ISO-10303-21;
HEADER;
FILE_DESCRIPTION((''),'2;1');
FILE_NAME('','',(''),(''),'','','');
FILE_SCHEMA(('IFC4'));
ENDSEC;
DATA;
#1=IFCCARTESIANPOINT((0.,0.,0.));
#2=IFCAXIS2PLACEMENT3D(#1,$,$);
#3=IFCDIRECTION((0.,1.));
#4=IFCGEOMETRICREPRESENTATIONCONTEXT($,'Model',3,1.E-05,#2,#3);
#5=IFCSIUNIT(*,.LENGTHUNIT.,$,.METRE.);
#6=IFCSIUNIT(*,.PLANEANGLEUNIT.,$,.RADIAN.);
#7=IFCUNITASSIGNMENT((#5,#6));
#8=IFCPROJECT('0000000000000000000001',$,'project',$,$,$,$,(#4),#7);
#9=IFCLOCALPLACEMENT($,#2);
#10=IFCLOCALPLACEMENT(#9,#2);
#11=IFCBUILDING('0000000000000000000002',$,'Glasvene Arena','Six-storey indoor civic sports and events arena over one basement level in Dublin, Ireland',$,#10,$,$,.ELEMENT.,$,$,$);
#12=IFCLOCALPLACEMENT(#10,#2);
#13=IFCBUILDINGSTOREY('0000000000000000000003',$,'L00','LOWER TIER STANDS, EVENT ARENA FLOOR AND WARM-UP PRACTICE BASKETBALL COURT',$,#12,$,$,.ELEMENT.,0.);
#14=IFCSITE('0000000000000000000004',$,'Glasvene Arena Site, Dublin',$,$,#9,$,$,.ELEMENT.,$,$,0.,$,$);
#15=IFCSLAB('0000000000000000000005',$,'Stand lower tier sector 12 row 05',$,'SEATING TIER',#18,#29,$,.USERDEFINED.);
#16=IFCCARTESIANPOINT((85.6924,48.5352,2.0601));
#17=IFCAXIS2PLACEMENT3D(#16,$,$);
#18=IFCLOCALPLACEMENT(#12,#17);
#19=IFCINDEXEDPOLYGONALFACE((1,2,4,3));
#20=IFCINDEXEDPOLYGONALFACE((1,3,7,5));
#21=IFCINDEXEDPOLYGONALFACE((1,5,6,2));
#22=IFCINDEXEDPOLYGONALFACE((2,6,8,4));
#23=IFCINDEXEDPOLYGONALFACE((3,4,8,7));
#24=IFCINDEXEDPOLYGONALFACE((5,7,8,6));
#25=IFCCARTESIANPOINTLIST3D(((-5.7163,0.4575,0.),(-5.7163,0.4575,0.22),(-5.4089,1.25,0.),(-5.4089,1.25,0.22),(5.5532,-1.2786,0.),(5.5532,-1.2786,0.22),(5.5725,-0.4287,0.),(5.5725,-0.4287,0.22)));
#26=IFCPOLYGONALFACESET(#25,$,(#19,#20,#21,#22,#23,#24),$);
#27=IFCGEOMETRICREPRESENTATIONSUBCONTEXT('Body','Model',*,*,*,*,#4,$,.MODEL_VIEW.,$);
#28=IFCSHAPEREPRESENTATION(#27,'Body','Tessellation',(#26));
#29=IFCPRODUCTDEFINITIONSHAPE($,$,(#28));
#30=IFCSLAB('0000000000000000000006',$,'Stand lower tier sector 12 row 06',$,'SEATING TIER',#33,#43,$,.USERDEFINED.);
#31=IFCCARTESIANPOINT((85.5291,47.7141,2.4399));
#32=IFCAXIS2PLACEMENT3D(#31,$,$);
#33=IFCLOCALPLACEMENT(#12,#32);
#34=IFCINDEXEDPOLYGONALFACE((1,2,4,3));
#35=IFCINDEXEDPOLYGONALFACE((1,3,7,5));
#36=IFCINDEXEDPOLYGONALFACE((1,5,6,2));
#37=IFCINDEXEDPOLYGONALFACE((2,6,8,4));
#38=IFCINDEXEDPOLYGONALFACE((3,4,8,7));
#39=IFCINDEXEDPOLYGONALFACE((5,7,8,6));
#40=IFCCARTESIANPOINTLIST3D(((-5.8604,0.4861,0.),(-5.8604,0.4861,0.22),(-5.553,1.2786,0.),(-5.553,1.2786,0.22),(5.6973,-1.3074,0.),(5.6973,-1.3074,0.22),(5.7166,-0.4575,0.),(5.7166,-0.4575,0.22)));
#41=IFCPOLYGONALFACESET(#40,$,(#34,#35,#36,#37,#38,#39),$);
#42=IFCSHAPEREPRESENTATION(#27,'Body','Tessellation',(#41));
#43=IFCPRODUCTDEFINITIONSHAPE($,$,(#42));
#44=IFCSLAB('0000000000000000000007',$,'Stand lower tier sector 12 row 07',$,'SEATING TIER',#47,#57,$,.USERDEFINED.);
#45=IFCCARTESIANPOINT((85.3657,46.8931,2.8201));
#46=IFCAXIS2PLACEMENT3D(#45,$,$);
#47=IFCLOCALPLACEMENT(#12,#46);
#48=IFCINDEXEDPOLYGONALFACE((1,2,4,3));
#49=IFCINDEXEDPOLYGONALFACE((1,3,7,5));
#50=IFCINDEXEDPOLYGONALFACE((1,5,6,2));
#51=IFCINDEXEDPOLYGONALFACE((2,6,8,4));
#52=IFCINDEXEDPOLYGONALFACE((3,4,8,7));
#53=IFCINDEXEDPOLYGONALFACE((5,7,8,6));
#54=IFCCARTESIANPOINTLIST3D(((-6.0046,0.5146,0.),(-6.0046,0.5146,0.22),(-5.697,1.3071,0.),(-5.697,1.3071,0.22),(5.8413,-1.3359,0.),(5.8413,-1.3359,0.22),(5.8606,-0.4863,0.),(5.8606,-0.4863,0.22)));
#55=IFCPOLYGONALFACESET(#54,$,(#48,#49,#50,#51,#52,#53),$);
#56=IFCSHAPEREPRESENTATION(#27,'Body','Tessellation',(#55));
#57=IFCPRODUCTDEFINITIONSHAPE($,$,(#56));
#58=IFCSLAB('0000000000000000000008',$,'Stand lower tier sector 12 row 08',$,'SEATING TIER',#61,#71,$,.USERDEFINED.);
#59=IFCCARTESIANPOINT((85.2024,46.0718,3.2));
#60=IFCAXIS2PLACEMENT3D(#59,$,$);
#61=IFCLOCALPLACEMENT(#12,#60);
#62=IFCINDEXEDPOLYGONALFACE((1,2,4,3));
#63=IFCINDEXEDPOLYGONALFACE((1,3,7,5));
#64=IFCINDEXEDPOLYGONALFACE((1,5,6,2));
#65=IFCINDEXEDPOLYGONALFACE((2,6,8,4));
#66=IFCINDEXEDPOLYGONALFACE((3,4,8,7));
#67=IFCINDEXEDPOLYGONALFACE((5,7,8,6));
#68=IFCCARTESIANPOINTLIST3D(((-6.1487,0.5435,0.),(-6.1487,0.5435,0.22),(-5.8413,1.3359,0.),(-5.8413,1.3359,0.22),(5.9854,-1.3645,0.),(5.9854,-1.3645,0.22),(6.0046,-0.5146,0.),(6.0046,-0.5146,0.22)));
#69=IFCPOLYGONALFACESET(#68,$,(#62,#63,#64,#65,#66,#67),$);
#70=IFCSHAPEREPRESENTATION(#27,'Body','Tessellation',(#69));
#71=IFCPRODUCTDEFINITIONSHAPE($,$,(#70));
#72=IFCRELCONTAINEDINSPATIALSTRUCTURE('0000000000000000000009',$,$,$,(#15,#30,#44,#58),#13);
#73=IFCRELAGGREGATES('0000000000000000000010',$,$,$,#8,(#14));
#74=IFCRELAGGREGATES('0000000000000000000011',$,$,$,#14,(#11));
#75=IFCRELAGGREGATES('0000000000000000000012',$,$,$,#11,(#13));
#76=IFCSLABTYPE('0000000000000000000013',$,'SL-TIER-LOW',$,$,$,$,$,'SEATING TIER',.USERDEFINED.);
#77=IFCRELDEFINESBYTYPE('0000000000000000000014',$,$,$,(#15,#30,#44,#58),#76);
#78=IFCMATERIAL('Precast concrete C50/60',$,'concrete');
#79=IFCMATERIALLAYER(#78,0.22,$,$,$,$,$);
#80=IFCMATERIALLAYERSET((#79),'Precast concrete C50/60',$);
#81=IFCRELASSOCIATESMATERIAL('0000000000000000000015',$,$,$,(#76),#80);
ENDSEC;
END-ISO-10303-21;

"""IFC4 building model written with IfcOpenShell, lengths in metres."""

from ifc_helpers import new_model, si_unit, direction, frame, origin, place, context, subcontext, project, spatial, polyline, outline, extrude, material, layer, layer_set, type_object, element, save


model = new_model("IFC4")

# Units and contexts
model_context = context("Model", 3, precision=1e-05, world=origin(), true_north=direction((0.0, 1.0)))
body_context = subcontext(model_context, "Body", "Model", "MODEL_VIEW")
ifc_project = project(units=[si_unit("LENGTHUNIT", "METRE"), si_unit("PLANEANGLEUNIT", "RADIAN")], contexts=[model_context])

# Site, building, storey
site_placement = place(None, origin())
site = spatial("IfcSite", under=ifc_project, at=site_placement, Name="Glasvene Arena Site, Dublin", CompositionType="ELEMENT", RefElevation=0.0)
building_placement = place(site_placement, origin())
building = spatial("IfcBuilding", under=site, at=building_placement, Name="Glasvene Arena", Description="Six-storey indoor civic sports and events arena over one basement level in Dublin, Ireland", CompositionType="ELEMENT")
storey_placement = place(building_placement, origin())
storey = spatial("IfcBuildingStorey", under=building, at=storey_placement, Name="L00", Description="LOWER TIER STANDS, EVENT ARENA FLOOR AND WARM-UP PRACTICE BASKETBALL COURT", CompositionType="ELEMENT", Elevation=0.0)

# Shared definitions
ifc_material_1 = material(Name="Precast concrete C50/60", Category="concrete")

# Slabs
ifc_layer = layer(ifc_material_1, 0.22)
ifc_layer_set = layer_set([ifc_layer], Name="Precast concrete C50/60")
slab_type = type_object("IfcSlabType", Name="SL-TIER-LOW", ElementType="SEATING TIER", PredefinedType="USERDEFINED", material=ifc_layer_set)
slab_1_placement = place(storey_placement, frame((85.6924, 48.5352, 2.0601)))
element("IfcSlab", 1, at=slab_1_placement, inside=storey, type_object=slab_type, Name="Stand lower tier sector 12 row 05", ObjectType="SEATING TIER", PredefinedType="USERDEFINED", context=body_context, shape_type="SweptSolid", body=[
    extrude(outline(polyline([(-5.4089, 1.25), (5.5725, -0.4287), (5.5532, -1.2786), (-5.7163, 0.4575), (-5.4089, 1.25)])), origin(), (0.0, 0.0, 1.0), 0.22),
])
slab_2_placement = place(storey_placement, frame((85.5291, 47.7141, 2.4399)))
element("IfcSlab", 2, at=slab_2_placement, inside=storey, type_object=slab_type, Name="Stand lower tier sector 12 row 06", ObjectType="SEATING TIER", PredefinedType="USERDEFINED", context=body_context, shape_type="SweptSolid", body=[
    extrude(outline(polyline([(-5.553, 1.2786), (5.7166, -0.4575), (5.6973, -1.3074), (-5.8604, 0.4861), (-5.553, 1.2786)])), origin(), (0.0, 0.0, 1.0), 0.22),
])
slab_3_placement = place(storey_placement, frame((85.3657, 46.8931, 2.8201)))
element("IfcSlab", 3, at=slab_3_placement, inside=storey, type_object=slab_type, Name="Stand lower tier sector 12 row 07", ObjectType="SEATING TIER", PredefinedType="USERDEFINED", context=body_context, shape_type="SweptSolid", body=[
    extrude(outline(polyline([(-5.697, 1.3071), (5.8606, -0.4863), (5.8413, -1.3359), (-6.0046, 0.5146), (-5.697, 1.3071)])), origin(), (0.0, 0.0, 1.0), 0.22),
])
slab_4_placement = place(storey_placement, frame((85.2024, 46.0718, 3.2)))
element("IfcSlab", 4, at=slab_4_placement, inside=storey, type_object=slab_type, Name="Stand lower tier sector 12 row 08", ObjectType="SEATING TIER", PredefinedType="USERDEFINED", context=body_context, shape_type="SweptSolid", body=[
    extrude(outline(polyline([(-5.8413, 1.3359), (6.0046, -0.5146), (5.9854, -1.3645), (-6.1487, 0.5435), (-5.8413, 1.3359)])), origin(), (0.0, 0.0, 1.0), 0.22),
])

save(model, "model.ifc")
